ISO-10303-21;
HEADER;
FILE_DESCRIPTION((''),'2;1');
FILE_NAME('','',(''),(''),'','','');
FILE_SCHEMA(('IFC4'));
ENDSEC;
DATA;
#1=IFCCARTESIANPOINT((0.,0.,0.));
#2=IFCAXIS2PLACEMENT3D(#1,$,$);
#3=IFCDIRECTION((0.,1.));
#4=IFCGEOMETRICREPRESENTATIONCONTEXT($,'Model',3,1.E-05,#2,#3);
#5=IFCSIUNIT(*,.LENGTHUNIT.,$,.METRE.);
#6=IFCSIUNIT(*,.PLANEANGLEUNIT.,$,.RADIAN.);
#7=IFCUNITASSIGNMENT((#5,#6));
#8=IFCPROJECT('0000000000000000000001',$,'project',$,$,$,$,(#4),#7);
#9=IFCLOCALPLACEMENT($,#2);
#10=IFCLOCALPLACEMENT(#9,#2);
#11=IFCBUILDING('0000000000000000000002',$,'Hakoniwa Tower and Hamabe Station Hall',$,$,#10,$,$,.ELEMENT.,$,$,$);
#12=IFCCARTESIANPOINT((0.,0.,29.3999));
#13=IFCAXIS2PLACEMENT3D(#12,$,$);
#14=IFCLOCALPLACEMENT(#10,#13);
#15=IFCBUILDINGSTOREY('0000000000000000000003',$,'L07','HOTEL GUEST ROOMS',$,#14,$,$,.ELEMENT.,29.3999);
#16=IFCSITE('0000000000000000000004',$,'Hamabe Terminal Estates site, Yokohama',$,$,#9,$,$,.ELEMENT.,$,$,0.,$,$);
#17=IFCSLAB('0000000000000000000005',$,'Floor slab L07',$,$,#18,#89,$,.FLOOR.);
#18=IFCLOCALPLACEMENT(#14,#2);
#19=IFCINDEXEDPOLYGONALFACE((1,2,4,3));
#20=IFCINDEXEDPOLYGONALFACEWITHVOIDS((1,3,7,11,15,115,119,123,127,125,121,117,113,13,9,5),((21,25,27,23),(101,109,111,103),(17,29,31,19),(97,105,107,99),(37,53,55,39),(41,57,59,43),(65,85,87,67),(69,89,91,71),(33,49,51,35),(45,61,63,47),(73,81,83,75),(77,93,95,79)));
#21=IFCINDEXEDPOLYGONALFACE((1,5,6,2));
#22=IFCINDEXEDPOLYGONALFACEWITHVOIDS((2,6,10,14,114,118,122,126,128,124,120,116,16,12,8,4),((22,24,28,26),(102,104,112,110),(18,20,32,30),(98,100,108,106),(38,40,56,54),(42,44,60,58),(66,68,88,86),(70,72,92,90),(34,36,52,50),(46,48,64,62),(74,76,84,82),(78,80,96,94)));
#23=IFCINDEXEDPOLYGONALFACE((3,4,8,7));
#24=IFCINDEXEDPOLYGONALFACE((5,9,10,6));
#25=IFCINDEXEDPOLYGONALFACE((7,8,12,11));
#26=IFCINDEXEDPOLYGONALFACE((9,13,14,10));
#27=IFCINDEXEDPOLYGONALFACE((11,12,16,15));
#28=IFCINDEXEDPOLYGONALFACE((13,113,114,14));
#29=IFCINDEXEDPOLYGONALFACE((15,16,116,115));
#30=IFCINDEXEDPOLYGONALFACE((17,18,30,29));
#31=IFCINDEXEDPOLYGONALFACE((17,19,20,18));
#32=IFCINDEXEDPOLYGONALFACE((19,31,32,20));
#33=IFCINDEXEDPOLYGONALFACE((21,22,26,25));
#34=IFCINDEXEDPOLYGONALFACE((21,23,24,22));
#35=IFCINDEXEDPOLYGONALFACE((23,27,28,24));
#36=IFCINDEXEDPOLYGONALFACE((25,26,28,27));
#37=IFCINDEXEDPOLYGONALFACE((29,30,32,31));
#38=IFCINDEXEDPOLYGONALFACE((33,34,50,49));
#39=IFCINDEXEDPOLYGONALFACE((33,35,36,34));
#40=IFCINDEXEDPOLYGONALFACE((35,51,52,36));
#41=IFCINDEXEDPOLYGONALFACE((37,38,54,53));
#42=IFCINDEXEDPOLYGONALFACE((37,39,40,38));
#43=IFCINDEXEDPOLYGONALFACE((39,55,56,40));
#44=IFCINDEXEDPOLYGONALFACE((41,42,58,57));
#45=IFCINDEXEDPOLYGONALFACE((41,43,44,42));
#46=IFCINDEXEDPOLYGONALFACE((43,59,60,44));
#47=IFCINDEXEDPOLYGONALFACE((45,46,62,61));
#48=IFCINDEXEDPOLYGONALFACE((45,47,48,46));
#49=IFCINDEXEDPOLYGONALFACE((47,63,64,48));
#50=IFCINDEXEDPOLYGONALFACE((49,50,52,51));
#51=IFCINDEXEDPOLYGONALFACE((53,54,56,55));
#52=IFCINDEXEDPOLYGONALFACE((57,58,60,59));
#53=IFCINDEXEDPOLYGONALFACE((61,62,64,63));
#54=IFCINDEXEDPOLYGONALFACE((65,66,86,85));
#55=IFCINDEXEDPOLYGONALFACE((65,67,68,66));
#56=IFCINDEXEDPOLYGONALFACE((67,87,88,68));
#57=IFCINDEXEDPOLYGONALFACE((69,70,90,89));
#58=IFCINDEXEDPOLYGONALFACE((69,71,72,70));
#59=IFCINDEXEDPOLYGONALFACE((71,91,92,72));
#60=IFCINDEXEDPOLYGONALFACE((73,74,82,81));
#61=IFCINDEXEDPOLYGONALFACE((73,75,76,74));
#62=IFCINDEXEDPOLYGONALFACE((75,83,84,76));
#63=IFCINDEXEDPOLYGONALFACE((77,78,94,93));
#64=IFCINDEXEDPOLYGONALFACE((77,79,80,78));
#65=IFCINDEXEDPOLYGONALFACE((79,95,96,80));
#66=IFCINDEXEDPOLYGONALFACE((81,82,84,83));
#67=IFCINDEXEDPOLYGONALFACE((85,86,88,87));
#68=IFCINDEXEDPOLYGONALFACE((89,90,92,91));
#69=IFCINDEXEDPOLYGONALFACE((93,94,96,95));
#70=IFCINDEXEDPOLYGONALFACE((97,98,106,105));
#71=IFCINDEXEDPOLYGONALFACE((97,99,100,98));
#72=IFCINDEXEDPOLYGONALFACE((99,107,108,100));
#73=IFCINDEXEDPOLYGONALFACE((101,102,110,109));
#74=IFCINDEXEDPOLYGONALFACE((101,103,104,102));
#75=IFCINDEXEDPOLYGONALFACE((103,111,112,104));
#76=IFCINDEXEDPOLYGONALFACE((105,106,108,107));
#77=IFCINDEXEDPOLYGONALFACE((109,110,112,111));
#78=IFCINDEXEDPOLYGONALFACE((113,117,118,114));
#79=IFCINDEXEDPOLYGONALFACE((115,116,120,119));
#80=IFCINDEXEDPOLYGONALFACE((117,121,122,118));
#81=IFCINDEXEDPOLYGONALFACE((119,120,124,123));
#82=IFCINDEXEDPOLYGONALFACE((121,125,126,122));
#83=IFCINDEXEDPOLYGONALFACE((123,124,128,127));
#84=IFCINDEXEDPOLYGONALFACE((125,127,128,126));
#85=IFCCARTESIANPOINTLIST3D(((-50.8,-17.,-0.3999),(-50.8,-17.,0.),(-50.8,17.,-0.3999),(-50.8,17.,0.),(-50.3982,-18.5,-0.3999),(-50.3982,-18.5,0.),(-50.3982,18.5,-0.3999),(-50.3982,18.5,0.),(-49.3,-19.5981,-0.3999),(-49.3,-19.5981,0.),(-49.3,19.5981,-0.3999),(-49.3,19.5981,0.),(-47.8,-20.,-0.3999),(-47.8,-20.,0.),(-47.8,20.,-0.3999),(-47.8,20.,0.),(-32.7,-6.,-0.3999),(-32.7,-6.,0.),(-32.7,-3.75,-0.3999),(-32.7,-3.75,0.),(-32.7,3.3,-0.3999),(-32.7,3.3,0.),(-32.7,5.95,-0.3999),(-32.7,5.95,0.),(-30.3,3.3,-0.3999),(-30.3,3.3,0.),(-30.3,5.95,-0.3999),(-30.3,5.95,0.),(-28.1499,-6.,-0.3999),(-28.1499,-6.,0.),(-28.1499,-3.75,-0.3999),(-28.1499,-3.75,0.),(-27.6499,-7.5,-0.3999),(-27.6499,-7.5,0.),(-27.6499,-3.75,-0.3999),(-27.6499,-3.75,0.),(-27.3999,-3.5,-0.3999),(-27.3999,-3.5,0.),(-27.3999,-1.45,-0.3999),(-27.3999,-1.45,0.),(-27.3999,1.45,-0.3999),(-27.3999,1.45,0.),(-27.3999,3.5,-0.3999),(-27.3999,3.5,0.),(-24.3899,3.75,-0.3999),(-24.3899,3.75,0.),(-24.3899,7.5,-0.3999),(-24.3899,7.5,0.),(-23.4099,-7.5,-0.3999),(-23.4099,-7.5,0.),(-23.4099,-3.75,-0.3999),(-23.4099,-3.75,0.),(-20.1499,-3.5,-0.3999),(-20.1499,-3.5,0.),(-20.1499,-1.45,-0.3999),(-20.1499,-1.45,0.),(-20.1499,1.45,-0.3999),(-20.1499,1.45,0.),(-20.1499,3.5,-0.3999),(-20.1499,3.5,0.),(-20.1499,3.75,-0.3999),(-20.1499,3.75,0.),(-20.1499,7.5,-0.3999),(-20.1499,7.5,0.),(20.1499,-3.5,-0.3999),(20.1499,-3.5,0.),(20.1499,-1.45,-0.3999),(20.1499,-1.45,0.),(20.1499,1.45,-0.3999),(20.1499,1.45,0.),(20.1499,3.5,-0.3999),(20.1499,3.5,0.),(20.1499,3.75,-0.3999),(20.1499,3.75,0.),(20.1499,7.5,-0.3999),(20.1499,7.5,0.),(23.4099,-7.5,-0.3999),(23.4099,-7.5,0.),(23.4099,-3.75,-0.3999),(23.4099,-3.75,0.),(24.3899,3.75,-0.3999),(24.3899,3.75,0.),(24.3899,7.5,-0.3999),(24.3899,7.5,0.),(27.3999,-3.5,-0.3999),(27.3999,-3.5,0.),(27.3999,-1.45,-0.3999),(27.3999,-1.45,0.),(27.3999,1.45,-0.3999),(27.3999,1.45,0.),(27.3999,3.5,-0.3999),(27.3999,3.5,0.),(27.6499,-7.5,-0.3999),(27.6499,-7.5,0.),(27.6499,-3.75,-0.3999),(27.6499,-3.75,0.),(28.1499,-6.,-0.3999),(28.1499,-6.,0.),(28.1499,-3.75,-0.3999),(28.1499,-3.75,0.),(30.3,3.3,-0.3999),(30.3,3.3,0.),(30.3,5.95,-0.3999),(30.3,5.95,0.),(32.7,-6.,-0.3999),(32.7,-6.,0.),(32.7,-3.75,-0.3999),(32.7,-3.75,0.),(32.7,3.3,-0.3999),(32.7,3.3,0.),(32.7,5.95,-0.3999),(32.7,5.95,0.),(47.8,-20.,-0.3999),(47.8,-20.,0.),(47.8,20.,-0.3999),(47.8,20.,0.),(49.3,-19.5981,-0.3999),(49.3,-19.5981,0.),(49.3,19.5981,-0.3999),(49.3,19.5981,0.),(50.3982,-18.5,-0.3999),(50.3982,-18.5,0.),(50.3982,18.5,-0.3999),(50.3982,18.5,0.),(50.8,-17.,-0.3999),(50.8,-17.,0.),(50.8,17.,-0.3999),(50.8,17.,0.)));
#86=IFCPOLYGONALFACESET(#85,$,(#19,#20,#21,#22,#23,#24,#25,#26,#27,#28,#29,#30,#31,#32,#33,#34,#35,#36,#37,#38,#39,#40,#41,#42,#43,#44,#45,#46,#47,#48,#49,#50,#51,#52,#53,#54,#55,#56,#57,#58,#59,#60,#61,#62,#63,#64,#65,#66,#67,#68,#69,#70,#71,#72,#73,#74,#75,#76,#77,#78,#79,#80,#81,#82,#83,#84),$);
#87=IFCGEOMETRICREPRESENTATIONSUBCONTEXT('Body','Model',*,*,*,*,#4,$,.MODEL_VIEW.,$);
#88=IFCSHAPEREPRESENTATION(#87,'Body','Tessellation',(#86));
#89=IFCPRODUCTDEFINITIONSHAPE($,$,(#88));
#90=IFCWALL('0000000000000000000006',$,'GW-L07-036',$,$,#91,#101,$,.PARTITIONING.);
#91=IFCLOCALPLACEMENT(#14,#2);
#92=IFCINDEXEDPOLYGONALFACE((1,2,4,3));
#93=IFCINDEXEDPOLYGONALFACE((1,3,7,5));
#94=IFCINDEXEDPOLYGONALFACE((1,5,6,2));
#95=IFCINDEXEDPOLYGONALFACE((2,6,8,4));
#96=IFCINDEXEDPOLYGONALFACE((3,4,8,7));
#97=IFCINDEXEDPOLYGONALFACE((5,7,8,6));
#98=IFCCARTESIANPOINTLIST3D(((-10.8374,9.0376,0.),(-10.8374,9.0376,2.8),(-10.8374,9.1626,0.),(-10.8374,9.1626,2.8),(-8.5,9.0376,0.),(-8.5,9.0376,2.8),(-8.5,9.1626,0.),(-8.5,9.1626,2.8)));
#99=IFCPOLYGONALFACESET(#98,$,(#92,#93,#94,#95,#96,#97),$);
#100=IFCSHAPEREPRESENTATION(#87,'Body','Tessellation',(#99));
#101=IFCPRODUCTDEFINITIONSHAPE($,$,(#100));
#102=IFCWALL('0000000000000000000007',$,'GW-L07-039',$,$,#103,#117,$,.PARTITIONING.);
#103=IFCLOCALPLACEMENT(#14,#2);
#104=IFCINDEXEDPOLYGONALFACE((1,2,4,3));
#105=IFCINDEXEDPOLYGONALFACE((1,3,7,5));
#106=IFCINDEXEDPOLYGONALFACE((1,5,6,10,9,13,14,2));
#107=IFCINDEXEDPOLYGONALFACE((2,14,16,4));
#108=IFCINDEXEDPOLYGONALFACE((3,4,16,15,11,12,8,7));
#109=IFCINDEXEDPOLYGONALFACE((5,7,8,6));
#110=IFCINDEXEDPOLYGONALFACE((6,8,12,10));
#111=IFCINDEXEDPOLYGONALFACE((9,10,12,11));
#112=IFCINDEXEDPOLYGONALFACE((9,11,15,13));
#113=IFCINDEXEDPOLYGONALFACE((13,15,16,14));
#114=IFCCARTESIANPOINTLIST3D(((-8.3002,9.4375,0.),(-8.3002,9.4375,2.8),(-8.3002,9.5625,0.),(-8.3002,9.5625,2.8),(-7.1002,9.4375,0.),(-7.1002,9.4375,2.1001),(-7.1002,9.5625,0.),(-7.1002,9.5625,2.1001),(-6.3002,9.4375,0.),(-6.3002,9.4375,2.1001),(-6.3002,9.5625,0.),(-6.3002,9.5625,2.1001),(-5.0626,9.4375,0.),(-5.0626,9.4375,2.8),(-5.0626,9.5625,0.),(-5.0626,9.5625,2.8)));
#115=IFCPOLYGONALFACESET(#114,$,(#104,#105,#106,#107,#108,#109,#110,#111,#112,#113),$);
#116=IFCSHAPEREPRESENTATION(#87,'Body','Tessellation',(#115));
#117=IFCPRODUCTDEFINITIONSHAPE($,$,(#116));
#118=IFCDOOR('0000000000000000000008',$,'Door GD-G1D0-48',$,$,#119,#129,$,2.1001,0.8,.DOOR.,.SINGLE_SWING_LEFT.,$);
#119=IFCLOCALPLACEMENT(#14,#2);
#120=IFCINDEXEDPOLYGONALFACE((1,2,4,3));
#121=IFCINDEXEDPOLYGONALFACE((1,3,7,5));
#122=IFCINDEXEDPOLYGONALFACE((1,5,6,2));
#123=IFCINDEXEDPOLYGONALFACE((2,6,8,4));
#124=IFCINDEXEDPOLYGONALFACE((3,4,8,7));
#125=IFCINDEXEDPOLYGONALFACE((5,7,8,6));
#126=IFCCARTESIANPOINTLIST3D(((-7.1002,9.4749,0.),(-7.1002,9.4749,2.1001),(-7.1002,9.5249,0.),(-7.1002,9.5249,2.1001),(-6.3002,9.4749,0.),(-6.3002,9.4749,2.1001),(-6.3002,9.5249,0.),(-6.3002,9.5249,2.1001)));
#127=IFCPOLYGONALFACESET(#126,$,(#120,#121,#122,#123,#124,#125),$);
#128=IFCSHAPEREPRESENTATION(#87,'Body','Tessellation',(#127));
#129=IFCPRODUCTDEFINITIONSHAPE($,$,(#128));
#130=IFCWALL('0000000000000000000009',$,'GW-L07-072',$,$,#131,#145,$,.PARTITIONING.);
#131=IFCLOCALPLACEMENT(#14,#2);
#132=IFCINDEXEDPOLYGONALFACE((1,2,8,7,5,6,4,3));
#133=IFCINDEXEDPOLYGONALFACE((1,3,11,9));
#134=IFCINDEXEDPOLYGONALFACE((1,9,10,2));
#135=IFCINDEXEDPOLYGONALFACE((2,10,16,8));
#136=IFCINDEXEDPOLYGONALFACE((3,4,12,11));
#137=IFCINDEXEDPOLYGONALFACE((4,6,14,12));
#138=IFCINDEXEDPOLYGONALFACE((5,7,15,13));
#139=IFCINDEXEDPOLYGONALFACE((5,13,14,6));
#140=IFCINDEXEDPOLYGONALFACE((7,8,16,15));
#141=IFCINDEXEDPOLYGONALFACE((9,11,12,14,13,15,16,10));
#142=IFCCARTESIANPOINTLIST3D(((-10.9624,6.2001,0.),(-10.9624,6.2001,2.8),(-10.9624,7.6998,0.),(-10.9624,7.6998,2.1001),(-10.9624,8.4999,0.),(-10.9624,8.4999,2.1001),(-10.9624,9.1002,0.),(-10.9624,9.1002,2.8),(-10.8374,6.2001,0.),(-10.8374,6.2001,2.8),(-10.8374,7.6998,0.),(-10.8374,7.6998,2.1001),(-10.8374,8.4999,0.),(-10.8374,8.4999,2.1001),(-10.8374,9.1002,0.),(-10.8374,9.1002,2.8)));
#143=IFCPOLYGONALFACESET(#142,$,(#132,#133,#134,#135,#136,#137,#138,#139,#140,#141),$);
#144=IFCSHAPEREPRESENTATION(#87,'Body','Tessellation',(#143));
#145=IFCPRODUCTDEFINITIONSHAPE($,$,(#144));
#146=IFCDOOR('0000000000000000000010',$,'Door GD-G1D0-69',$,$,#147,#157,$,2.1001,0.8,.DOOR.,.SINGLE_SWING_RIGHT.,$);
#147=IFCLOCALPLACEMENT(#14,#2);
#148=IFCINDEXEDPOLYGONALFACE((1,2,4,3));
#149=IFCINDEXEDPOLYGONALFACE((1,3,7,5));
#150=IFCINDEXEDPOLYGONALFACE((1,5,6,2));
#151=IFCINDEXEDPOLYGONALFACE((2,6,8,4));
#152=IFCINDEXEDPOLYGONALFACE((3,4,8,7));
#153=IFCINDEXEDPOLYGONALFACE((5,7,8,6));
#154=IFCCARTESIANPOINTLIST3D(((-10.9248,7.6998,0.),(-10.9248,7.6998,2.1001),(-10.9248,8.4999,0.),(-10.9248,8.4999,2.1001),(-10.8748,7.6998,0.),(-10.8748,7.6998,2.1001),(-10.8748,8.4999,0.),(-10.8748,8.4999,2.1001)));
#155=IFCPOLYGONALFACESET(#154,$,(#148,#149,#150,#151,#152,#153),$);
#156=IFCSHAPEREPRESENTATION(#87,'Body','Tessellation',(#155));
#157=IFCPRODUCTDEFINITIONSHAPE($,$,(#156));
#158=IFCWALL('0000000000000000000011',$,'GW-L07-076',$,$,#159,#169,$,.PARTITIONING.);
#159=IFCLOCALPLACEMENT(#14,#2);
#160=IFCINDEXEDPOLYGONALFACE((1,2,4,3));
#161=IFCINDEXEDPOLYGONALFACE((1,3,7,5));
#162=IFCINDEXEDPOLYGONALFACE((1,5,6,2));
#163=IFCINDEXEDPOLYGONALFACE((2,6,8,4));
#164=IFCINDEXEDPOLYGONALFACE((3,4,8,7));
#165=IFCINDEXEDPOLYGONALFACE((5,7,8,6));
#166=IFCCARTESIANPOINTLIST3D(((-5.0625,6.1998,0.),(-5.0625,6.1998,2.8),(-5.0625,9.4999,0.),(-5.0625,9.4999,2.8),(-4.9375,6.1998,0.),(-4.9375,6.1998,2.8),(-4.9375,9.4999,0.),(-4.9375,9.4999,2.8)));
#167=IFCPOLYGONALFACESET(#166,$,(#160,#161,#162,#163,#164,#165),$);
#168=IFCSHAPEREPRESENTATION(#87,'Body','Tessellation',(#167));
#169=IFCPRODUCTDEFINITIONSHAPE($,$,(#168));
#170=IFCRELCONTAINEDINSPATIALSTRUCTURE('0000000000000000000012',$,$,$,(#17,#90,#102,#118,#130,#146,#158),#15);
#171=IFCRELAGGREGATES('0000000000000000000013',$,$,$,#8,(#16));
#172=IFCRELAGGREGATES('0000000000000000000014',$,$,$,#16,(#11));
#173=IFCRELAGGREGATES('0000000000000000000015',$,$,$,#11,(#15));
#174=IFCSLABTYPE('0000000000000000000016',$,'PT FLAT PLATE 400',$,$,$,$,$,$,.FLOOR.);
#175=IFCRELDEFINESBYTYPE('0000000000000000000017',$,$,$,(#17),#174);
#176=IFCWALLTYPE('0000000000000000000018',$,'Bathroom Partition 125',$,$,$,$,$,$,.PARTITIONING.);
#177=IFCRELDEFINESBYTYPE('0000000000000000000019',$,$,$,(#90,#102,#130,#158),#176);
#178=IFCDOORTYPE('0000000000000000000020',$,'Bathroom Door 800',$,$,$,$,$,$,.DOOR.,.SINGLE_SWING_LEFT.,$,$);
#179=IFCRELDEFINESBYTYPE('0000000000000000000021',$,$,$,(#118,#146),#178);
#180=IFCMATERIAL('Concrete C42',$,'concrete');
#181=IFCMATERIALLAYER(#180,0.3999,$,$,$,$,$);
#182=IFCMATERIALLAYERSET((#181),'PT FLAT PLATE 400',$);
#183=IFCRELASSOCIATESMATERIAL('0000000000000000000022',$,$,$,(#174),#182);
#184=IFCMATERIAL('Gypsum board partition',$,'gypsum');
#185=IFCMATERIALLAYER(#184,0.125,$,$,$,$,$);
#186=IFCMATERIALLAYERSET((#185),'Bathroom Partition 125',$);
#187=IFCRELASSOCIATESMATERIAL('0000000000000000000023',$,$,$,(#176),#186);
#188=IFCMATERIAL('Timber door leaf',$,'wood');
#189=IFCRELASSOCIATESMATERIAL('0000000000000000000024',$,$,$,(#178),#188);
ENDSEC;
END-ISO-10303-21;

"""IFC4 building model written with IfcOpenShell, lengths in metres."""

from ifc_helpers import new_model, si_unit, direction, frame, frame_2d, origin, place, context, subcontext, project, spatial, polyline, rectangle, outline, extrude, material, layer, layer_set, type_object, element, fill, save


model = new_model("IFC4")

# Units and contexts
model_context = context("Model", 3, precision=1e-05, world=origin(), true_north=direction((0.0, 1.0)))
body_context = subcontext(model_context, "Body", "Model", "MODEL_VIEW")
ifc_project = project(units=[si_unit("LENGTHUNIT", "METRE"), si_unit("PLANEANGLEUNIT", "RADIAN")], contexts=[model_context])

# Site, building, storey
site_placement = place(None, origin())
site = spatial("IfcSite", under=ifc_project, at=site_placement, Name="Hamabe Terminal Estates site, Yokohama", CompositionType="ELEMENT", RefElevation=0.0)
building_placement = place(site_placement, origin())
building = spatial("IfcBuilding", under=site, at=building_placement, Name="Hakoniwa Tower and Hamabe Station Hall", CompositionType="ELEMENT")
storey_placement = place(building_placement, frame((0.0, 0.0, 29.3999)))
storey = spatial("IfcBuildingStorey", under=building, at=storey_placement, Name="L07", Description="HOTEL GUEST ROOMS", CompositionType="ELEMENT", Elevation=29.3999)

# Slab
ifc_material_1 = material(Name="Concrete C42", Category="concrete")
ifc_layer_1 = layer(ifc_material_1, 0.3999)
ifc_layer_set_1 = layer_set([ifc_layer_1], Name="PT FLAT PLATE 400")
slab_type = type_object("IfcSlabType", Name="PT FLAT PLATE 400", PredefinedType="FLOOR", material=ifc_layer_set_1)
slab_placement = place(storey_placement, frame((0.0, 0.0, -0.3999)))
element("IfcSlab", 1, at=slab_placement, inside=storey, type_object=slab_type, Name="Floor slab L07", PredefinedType="FLOOR", context=body_context, shape_type="SweptSolid", body=[
    extrude(outline(polyline([(50.8, -17.0), (50.8, 17.0), (50.3982, 18.5), (49.3, 19.5981), (47.8, 20.0), (-47.8, 20.0), (-49.3, 19.5981), (-50.3982, 18.5), (-50.8, 17.0), (-50.8, -17.0), (-50.3982, -18.5), (-49.3, -19.5981), (-47.8, -20.0), (47.8, -20.0), (49.3, -19.5981), (50.3982, -18.5), (50.8, -17.0)]), holes=[polyline([(-27.3999, 1.45), (-27.3999, 3.5), (-20.1499, 3.5), (-20.1499, 1.45), (-27.3999, 1.45)]), polyline([(-27.3999, -3.5), (-27.3999, -1.45), (-20.1499, -1.45), (-20.1499, -3.5), (-27.3999, -3.5)]), polyline([(-32.7, 3.3), (-32.7, 5.95), (-30.3, 5.95), (-30.3, 3.3), (-32.7, 3.3)]), polyline([(-32.7, -6.0), (-32.7, -3.75), (-28.1499, -3.75), (-28.1499, -6.0), (-32.7, -6.0)]), polyline([(-24.3899, 3.75), (-24.3899, 7.5), (-20.1499, 7.5), (-20.1499, 3.75), (-24.3899, 3.75)]), polyline([(-27.6499, -7.5), (-27.6499, -3.75), (-23.4099, -3.75), (-23.4099, -7.5), (-27.6499, -7.5)]), polyline([(20.1499, 1.45), (20.1499, 3.5), (27.3999, 3.5), (27.3999, 1.45), (20.1499, 1.45)]), polyline([(20.1499, -3.5), (20.1499, -1.45), (27.3999, -1.45), (27.3999, -3.5), (20.1499, -3.5)]), polyline([(30.3, 3.3), (30.3, 5.95), (32.7, 5.95), (32.7, 3.3), (30.3, 3.3)]), polyline([(28.1499, -6.0), (28.1499, -3.75), (32.7, -3.75), (32.7, -6.0), (28.1499, -6.0)]), polyline([(20.1499, 3.75), (20.1499, 7.5), (24.3899, 7.5), (24.3899, 3.75), (20.1499, 3.75)]), polyline([(23.4099, -7.5), (23.4099, -3.75), (27.6499, -3.75), (27.6499, -7.5), (23.4099, -7.5)])]), origin(), (0.0, 0.0, 1.0), 0.3999),
])

# Wall
ifc_material_2 = material(Name="Gypsum board partition", Category="gypsum")
ifc_layer_2 = layer(ifc_material_2, 0.125)
ifc_layer_set_2 = layer_set([ifc_layer_2], Name="Bathroom Partition 125")
wall_type_1 = type_object("IfcWallType", Name="Bathroom Partition 125", PredefinedType="PARTITIONING", material=ifc_layer_set_2)
wall_1_placement = place(storey_placement, frame((-10.8374, 9.1001, 0.0), z_axis=(0.0, 0.0, 1.0), x_axis=(1.0, 0.0, 0.0)))
element("IfcWall", 2, at=wall_1_placement, inside=storey, type_object=wall_type_1, Name="GW-L07-036", PredefinedType="PARTITIONING", context=body_context, shape_type="SweptSolid", body=[
    extrude(rectangle(XDim=2.3374, YDim=0.125, at=frame_2d((1.1687, 0.0))), origin(), (0.0, 0.0, 1.0), 2.8),
])

# Walls, openings, doors
wall_2_placement = place(storey_placement, frame((-8.3, 9.5, 0.0), z_axis=(0.0, 0.0, 1.0), x_axis=(1.0, 0.0, 0.0)))
wall_2 = element("IfcWall", 3, at=wall_2_placement, inside=storey, type_object=wall_type_1, Name="GW-L07-039", PredefinedType="PARTITIONING", context=body_context, shape_type="SweptSolid", body=[
    extrude(rectangle(XDim=3.2375, YDim=0.125, at=frame_2d((1.6187, 0.0))), origin(), (0.0, 0.0, 1.0), 2.8),
])
opening_1_placement = place(wall_2_placement, frame((1.2, 0.0, 0.0)))
opening_1 = element("IfcOpeningElement", 4, at=opening_1_placement, cuts=wall_2, PredefinedType="OPENING", context=body_context, shape_type="SweptSolid", body=[
    extrude(rectangle(XDim=0.8, YDim=2.1001, at=frame_2d((0.3999, 1.05))), frame((0.0, 0.0725, 0.0), z_axis=(0.0, -1.0, 0.0), x_axis=(1.0, 0.0, 0.0)), (0.0, 0.0, 1.0), 0.145),
])
ifc_material_3 = material(Name="Timber door leaf", Category="wood")
door_type = type_object("IfcDoorType", Name="Bathroom Door 800", OperationType="SINGLE_SWING_LEFT", PredefinedType="DOOR", material=ifc_material_3)
door_1_placement = place(opening_1_placement, origin())
door_1 = element("IfcDoor", 5, at=door_1_placement, inside=storey, type_object=door_type, Name="Door GD-G1D0-48", OperationType="SINGLE_SWING_LEFT", OverallHeight=2.1001, OverallWidth=0.8, PredefinedType="DOOR", context=body_context, shape_type="SweptSolid", body=[
    extrude(rectangle(XDim=0.8, YDim=2.1001, at=frame_2d((0.3999, 1.05))), frame((0.0, 0.0249, 0.0), z_axis=(0.0, -1.0, 0.0), x_axis=(1.0, 0.0, 0.0)), (0.0, 0.0, 1.0), 0.05),
])
fill(opening_1, door_1)
wall_3_placement = place(storey_placement, frame((-10.8999, 6.2, 0.0), z_axis=(0.0, 0.0, 1.0), x_axis=(0.0, 1.0, 0.0)))
wall_3 = element("IfcWall", 6, at=wall_3_placement, inside=storey, type_object=wall_type_1, Name="GW-L07-072", PredefinedType="PARTITIONING", context=body_context, shape_type="SweptSolid", body=[
    extrude(rectangle(XDim=2.9001, YDim=0.125, at=frame_2d((1.4502, 0.0))), origin(), (0.0, 0.0, 1.0), 2.8),
])
opening_2_placement = place(wall_3_placement, frame((1.5, 0.0, 0.0)))
opening_2 = element("IfcOpeningElement", 7, at=opening_2_placement, cuts=wall_3, PredefinedType="OPENING", context=body_context, shape_type="SweptSolid", body=[
    extrude(rectangle(XDim=0.8, YDim=2.1001, at=frame_2d((0.3999, 1.05))), frame((0.0, 0.0725, 0.0), z_axis=(0.0, -1.0, 0.0), x_axis=(1.0, 0.0, 0.0)), (0.0, 0.0, 1.0), 0.145),
])
door_2_placement = place(opening_2_placement, origin())
door_2 = element("IfcDoor", 8, at=door_2_placement, inside=storey, type_object=door_type, Name="Door GD-G1D0-69", OperationType="SINGLE_SWING_RIGHT", OverallHeight=2.1001, OverallWidth=0.8, PredefinedType="DOOR", context=body_context, shape_type="SweptSolid", body=[
    extrude(rectangle(XDim=0.8, YDim=2.1001, at=frame_2d((0.3999, 1.05))), frame((0.0, 0.0249, 0.0), z_axis=(0.0, -1.0, 0.0), x_axis=(1.0, 0.0, 0.0)), (0.0, 0.0, 1.0), 0.05),
])
fill(opening_2, door_2)

# Wall
wall_4_placement = place(storey_placement, frame((-5.0, 6.2, 0.0), z_axis=(0.0, 0.0, 1.0), x_axis=(0.0, 1.0, 0.0)))
element("IfcWall", 9, at=wall_4_placement, inside=storey, type_object=wall_type_1, Name="GW-L07-076", PredefinedType="PARTITIONING", context=body_context, shape_type="SweptSolid", body=[
    extrude(rectangle(XDim=3.3, YDim=0.125, at=frame_2d((1.6499, 0.0))), origin(), (0.0, 0.0, 1.0), 2.8),
])

save(model, "model.ifc")
